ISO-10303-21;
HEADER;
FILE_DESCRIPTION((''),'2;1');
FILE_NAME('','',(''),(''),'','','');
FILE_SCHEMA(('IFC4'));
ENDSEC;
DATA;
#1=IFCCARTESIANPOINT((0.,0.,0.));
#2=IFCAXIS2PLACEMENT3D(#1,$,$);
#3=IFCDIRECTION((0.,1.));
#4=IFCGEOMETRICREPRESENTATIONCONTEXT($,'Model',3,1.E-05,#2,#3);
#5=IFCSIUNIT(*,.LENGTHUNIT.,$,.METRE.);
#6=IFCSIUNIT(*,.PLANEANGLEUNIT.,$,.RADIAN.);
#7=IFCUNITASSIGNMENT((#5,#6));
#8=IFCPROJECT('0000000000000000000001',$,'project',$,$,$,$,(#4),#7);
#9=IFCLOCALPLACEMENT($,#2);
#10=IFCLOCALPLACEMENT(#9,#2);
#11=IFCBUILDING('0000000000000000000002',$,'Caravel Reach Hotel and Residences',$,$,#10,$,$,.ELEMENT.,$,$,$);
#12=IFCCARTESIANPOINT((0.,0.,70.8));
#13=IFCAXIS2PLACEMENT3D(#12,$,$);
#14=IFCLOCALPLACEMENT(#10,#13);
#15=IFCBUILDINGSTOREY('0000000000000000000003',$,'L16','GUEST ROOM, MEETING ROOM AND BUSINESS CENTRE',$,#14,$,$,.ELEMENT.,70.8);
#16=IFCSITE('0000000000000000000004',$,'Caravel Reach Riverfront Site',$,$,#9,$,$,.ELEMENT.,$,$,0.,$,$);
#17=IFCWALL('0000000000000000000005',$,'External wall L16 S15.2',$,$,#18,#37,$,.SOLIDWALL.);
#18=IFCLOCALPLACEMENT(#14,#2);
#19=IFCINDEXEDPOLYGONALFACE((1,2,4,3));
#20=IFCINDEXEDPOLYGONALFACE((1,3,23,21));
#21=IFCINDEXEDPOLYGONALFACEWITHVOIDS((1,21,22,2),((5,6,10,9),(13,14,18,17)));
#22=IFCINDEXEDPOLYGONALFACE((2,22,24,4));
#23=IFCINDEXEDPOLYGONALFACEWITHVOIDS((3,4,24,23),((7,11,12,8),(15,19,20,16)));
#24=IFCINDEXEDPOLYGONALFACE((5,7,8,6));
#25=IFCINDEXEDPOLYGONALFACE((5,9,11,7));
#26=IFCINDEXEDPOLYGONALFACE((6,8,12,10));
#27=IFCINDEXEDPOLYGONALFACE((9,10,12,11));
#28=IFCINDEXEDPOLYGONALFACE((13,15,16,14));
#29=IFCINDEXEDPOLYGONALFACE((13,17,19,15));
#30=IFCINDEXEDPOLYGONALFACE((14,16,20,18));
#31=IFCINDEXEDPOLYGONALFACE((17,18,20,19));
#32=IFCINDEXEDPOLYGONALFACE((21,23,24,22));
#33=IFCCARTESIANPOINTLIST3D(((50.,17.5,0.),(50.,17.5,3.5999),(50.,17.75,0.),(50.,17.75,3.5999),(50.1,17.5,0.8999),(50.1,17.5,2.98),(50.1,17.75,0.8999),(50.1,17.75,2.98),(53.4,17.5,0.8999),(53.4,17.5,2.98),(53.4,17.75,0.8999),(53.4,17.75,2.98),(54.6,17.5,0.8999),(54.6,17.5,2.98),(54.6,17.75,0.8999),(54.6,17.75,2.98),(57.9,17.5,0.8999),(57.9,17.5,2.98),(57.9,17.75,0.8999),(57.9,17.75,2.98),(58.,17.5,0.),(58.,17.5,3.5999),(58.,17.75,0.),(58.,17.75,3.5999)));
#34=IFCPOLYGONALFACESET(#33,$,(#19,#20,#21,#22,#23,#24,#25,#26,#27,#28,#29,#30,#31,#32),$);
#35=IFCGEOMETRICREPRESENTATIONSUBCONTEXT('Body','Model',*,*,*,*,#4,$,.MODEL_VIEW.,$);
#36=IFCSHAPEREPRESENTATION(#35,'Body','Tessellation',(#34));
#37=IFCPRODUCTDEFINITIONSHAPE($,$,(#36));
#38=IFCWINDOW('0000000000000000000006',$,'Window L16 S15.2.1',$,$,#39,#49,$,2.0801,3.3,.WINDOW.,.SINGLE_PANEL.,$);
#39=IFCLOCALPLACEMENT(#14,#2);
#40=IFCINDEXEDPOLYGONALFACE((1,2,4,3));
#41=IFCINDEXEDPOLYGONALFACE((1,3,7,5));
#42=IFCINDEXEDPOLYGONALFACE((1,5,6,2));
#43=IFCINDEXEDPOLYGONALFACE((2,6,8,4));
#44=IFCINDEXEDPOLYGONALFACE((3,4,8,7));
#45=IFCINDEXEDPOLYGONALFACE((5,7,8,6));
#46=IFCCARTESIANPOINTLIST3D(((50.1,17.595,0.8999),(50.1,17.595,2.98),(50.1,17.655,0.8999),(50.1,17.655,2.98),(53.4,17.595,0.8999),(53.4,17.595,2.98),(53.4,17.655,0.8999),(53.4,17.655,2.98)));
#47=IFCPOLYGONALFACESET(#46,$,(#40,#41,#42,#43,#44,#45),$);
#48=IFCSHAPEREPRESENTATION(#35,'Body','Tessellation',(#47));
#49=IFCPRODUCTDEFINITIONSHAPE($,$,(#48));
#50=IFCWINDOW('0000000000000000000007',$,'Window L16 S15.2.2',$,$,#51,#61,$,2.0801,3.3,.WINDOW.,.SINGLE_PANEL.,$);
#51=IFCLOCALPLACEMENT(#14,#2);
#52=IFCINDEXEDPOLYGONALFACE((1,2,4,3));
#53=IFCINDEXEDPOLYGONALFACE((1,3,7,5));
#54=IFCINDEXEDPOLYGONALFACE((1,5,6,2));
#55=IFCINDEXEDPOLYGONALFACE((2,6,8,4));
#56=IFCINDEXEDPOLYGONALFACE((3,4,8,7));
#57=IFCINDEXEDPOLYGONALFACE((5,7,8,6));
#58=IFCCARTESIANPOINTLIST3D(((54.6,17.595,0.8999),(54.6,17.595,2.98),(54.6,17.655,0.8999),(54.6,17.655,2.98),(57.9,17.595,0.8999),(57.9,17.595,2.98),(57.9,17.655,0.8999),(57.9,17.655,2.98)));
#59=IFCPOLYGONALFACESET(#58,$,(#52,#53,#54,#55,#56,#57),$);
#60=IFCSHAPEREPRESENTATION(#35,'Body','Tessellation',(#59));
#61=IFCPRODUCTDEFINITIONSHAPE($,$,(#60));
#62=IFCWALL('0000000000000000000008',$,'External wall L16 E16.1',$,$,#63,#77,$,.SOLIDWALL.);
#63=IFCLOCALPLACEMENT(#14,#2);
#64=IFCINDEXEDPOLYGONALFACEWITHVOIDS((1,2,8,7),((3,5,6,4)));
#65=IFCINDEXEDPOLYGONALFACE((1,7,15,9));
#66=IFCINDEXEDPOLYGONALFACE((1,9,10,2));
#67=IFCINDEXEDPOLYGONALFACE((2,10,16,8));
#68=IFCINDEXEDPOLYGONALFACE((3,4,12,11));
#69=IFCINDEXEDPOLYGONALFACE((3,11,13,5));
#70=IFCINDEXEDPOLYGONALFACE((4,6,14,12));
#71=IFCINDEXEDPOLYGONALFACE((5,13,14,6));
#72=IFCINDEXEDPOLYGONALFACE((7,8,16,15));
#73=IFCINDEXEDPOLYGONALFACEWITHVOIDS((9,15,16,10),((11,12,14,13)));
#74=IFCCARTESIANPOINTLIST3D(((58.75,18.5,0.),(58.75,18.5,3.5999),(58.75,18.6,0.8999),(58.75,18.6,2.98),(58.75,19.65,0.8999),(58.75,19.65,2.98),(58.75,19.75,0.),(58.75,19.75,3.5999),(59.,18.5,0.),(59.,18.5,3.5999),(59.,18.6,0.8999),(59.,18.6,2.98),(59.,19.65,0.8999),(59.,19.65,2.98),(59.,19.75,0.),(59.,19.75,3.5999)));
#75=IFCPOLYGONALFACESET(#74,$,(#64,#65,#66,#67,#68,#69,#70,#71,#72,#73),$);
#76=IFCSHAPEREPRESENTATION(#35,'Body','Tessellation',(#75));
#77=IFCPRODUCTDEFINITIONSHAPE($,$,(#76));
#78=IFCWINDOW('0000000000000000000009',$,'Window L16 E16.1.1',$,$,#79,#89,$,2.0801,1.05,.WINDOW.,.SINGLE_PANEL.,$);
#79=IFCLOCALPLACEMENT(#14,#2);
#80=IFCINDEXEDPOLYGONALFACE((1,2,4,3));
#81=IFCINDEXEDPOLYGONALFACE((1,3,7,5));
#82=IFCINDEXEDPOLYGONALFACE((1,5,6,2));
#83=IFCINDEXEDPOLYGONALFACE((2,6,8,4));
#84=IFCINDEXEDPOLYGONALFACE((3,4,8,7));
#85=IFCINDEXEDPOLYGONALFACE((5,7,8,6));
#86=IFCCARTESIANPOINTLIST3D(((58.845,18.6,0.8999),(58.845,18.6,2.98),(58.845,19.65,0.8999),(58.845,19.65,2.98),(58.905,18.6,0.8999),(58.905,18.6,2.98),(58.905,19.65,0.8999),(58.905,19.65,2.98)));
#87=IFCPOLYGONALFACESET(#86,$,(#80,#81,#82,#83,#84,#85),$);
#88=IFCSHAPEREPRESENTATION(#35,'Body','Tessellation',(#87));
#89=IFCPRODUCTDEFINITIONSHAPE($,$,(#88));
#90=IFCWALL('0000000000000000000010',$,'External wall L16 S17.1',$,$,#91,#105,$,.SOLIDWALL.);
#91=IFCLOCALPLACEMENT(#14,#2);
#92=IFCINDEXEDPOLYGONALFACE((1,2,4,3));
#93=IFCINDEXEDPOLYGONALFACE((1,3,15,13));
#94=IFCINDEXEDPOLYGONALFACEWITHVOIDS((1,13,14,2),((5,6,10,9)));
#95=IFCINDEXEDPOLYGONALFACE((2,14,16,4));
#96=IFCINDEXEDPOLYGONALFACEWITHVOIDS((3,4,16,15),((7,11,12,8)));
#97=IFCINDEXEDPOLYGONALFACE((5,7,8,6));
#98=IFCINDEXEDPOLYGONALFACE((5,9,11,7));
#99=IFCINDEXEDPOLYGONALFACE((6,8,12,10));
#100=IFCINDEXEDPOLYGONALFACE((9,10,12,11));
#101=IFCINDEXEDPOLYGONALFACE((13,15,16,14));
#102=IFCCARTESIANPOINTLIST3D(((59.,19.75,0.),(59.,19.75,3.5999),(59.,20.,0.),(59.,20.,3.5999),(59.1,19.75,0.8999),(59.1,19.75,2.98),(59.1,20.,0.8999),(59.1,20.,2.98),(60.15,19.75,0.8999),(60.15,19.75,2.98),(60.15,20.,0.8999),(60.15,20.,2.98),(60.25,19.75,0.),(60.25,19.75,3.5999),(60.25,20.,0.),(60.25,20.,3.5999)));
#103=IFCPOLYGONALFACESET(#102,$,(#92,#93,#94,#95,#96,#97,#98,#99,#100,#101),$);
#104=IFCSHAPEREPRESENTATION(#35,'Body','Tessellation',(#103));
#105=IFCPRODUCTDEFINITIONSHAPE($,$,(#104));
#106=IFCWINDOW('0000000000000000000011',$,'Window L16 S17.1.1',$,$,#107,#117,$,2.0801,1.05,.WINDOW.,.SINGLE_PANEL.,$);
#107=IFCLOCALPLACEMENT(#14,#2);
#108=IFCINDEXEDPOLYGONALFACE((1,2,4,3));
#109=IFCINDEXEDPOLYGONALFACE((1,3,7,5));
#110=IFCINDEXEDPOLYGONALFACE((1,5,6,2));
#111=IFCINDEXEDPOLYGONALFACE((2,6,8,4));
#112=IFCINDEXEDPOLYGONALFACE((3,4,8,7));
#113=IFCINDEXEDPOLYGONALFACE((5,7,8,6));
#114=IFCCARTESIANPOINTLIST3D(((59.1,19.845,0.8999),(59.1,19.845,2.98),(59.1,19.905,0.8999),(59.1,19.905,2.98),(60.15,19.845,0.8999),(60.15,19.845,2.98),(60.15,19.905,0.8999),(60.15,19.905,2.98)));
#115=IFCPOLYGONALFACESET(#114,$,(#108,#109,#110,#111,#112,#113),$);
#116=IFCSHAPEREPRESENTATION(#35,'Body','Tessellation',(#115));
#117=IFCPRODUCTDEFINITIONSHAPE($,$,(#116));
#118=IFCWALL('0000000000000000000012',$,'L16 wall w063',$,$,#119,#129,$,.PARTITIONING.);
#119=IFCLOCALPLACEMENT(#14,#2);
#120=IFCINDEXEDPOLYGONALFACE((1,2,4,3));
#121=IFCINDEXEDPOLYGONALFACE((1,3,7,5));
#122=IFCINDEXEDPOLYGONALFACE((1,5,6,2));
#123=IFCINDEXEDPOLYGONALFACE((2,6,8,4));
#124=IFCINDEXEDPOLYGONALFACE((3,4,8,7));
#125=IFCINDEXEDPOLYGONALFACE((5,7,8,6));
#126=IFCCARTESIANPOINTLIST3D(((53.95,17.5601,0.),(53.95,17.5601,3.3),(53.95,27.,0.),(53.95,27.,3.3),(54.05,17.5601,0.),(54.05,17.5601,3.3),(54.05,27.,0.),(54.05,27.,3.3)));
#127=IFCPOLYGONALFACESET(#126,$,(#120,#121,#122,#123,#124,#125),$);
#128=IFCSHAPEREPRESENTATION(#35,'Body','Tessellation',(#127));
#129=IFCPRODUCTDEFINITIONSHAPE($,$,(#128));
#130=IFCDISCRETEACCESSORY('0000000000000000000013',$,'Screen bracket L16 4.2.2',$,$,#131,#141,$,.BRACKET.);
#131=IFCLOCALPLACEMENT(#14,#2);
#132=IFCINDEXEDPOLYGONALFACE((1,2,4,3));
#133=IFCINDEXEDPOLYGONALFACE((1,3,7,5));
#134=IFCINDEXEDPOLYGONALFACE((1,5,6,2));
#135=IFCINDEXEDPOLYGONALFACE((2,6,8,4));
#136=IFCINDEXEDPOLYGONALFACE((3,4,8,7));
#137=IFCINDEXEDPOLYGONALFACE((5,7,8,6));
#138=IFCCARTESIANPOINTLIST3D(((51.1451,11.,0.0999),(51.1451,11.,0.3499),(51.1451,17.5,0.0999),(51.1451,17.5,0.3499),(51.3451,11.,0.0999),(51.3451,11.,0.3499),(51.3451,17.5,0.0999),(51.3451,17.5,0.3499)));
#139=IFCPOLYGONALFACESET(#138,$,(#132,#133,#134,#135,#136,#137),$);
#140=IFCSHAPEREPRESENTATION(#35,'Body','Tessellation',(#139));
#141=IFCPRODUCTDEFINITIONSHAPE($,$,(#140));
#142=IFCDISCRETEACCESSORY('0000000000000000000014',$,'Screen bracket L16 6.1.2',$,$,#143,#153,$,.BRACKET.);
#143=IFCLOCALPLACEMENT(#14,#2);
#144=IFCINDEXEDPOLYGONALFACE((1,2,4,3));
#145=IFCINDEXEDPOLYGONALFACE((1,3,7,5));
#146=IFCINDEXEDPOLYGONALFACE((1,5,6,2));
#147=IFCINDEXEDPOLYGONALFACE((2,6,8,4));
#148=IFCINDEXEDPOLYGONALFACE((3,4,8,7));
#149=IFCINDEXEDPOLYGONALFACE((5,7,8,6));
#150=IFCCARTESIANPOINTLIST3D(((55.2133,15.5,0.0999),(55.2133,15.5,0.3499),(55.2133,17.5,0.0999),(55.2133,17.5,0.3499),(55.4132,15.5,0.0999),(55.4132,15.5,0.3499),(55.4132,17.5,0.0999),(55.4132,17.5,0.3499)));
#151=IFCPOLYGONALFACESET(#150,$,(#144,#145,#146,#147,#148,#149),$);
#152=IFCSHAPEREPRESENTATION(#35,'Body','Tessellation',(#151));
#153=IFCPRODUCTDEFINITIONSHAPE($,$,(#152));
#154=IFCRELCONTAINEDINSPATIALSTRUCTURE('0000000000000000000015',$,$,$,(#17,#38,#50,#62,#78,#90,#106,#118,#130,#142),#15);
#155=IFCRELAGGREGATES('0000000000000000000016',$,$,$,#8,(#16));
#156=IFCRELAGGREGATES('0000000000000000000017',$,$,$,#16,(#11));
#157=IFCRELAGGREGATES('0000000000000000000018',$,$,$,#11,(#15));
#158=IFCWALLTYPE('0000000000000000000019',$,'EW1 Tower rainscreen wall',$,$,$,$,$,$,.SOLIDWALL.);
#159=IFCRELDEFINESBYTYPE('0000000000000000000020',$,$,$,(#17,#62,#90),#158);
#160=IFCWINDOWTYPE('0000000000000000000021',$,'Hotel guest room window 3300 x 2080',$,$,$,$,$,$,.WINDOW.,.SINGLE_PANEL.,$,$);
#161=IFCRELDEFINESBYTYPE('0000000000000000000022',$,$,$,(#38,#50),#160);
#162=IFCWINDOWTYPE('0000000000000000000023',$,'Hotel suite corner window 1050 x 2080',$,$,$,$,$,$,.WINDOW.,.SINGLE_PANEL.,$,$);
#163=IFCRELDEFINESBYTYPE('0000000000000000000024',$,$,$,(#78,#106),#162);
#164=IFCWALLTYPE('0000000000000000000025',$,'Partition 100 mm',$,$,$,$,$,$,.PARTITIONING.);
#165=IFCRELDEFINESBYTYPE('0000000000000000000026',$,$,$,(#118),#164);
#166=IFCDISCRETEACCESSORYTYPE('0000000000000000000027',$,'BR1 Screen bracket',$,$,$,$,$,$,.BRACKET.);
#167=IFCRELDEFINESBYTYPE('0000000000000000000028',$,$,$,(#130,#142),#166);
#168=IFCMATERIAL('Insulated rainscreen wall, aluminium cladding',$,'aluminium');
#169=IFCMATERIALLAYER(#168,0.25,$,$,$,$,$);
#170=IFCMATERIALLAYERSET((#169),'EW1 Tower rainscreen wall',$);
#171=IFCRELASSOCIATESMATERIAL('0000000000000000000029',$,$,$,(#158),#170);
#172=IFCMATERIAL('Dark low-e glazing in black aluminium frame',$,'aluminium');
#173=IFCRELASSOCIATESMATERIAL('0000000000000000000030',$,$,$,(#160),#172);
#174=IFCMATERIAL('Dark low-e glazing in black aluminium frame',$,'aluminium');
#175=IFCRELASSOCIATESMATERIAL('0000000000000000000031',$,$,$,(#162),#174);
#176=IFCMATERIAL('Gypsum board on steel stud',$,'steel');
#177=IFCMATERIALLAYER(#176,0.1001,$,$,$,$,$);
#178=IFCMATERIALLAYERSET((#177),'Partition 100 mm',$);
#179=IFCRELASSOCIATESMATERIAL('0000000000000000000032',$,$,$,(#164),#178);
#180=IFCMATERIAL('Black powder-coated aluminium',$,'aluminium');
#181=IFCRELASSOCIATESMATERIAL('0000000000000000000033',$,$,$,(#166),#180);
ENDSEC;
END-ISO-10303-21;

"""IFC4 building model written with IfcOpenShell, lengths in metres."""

from ifc_helpers import new_model, si_unit, direction, frame, frame_2d, origin, origin_2d, place, context, subcontext, project, spatial, rectangle, extrude, material, layer, layer_set, type_object, element, fill, save


model = new_model("IFC4")

# Units and contexts
model_context = context("Model", 3, precision=1e-05, world=origin(), true_north=direction((0.0, 1.0)))
body_context = subcontext(model_context, "Body", "Model", "MODEL_VIEW")
ifc_project = project(units=[si_unit("LENGTHUNIT", "METRE"), si_unit("PLANEANGLEUNIT", "RADIAN")], contexts=[model_context])

# Site, building, storey
site_placement = place(None, origin())
site = spatial("IfcSite", under=ifc_project, at=site_placement, Name="Caravel Reach Riverfront Site", CompositionType="ELEMENT", RefElevation=0.0)
building_placement = place(site_placement, origin())
building = spatial("IfcBuilding", under=site, at=building_placement, Name="Caravel Reach Hotel and Residences", CompositionType="ELEMENT")
storey_placement = place(building_placement, frame((0.0, 0.0, 70.8)))
storey = spatial("IfcBuildingStorey", under=building, at=storey_placement, Name="L16", Description="GUEST ROOM, MEETING ROOM AND BUSINESS CENTRE", CompositionType="ELEMENT", Elevation=70.8)

# Wall, openings, windows
ifc_material_1 = material(Name="Insulated rainscreen wall, aluminium cladding", Category="aluminium")
ifc_layer_1 = layer(ifc_material_1, 0.25)
ifc_layer_set_1 = layer_set([ifc_layer_1], Name="EW1 Tower rainscreen wall")
wall_type_1 = type_object("IfcWallType", Name="EW1 Tower rainscreen wall", PredefinedType="SOLIDWALL", material=ifc_layer_set_1)
wall_1_placement = place(storey_placement, frame((50.0, 17.625, 0.0), z_axis=(0.0, 0.0, 1.0), x_axis=(1.0, 0.0, 0.0)))
wall_1 = element("IfcWall", 1, at=wall_1_placement, inside=storey, type_object=wall_type_1, Name="External wall L16 S15.2", PredefinedType="SOLIDWALL", context=body_context, shape_type="SweptSolid", body=[
    extrude(rectangle(XDim=8.0, YDim=0.25, at=frame_2d((4.0, 0.0))), origin(), (0.0, 0.0, 1.0), 3.5999),
])
opening_1_placement = place(wall_1_placement, frame((0.1001, 0.0, 0.8999)))
opening_1 = element("IfcOpeningElement", 2, at=opening_1_placement, cuts=wall_1, PredefinedType="OPENING", context=body_context, shape_type="SweptSolid", body=[
    extrude(rectangle(XDim=3.3, YDim=2.0801, at=frame_2d((1.6499, 1.04))), frame((0.0, 0.135, 0.0), z_axis=(0.0, -1.0, 0.0), x_axis=(1.0, 0.0, 0.0)), (0.0, 0.0, 1.0), 0.27),
])
opening_2_placement = place(wall_1_placement, frame((4.6001, 0.0, 0.8999)))
opening_2 = element("IfcOpeningElement", 3, at=opening_2_placement, cuts=wall_1, PredefinedType="OPENING", context=body_context, shape_type="SweptSolid", body=[
    extrude(rectangle(XDim=3.3, YDim=2.0801, at=frame_2d((1.6499, 1.04))), frame((0.0, 0.135, 0.0), z_axis=(0.0, -1.0, 0.0), x_axis=(1.0, 0.0, 0.0)), (0.0, 0.0, 1.0), 0.27),
])
ifc_material_2 = material(Name="Dark low-e glazing in black aluminium frame", Category="aluminium")
window_type_1 = type_object("IfcWindowType", Name="Hotel guest room window 3300 x 2080", PartitioningType="SINGLE_PANEL", PredefinedType="WINDOW", material=ifc_material_2)
window_1_placement = place(opening_1_placement, origin())
window_1 = element("IfcWindow", 4, at=window_1_placement, inside=storey, type_object=window_type_1, Name="Window L16 S15.2.1", OverallHeight=2.0801, OverallWidth=3.3, PartitioningType="SINGLE_PANEL", PredefinedType="WINDOW", context=body_context, shape_type="SweptSolid", body=[
    extrude(rectangle(XDim=3.3, YDim=2.0801, at=frame_2d((1.6499, 1.04))), frame((0.0, 0.03, 0.0), z_axis=(0.0, -1.0, 0.0), x_axis=(1.0, 0.0, 0.0)), (0.0, 0.0, 1.0), 0.0601),
])
fill(opening_1, window_1)
window_2_placement = place(opening_2_placement, origin())
window_2 = element("IfcWindow", 5, at=window_2_placement, inside=storey, type_object=window_type_1, Name="Window L16 S15.2.2", OverallHeight=2.0801, OverallWidth=3.3, PartitioningType="SINGLE_PANEL", PredefinedType="WINDOW", context=body_context, shape_type="SweptSolid", body=[
    extrude(rectangle(XDim=3.3, YDim=2.0801, at=frame_2d((1.6499, 1.04))), frame((0.0, 0.03, 0.0), z_axis=(0.0, -1.0, 0.0), x_axis=(1.0, 0.0, 0.0)), (0.0, 0.0, 1.0), 0.0601),
])
fill(opening_2, window_2)

# Walls, openings, windows
wall_2_placement = place(storey_placement, frame((58.875, 18.5, 0.0), z_axis=(0.0, 0.0, 1.0), x_axis=(0.0, 1.0, 0.0)))
wall_2 = element("IfcWall", 6, at=wall_2_placement, inside=storey, type_object=wall_type_1, Name="External wall L16 E16.1", PredefinedType="SOLIDWALL", context=body_context, shape_type="SweptSolid", body=[
    extrude(rectangle(XDim=1.25, YDim=0.25, at=frame_2d((0.625, 0.0))), origin(), (0.0, 0.0, 1.0), 3.5999),
])
opening_3_placement = place(wall_2_placement, frame((0.1001, 0.0, 0.8999)))
opening_3 = element("IfcOpeningElement", 7, at=opening_3_placement, cuts=wall_2, PredefinedType="OPENING", context=body_context, shape_type="SweptSolid", body=[
    extrude(rectangle(XDim=1.05, YDim=2.0801, at=frame_2d((0.5249, 1.04))), frame((0.0, 0.135, 0.0), z_axis=(0.0, -1.0, 0.0), x_axis=(1.0, 0.0, 0.0)), (0.0, 0.0, 1.0), 0.27),
])
ifc_material_3 = material(Name="Dark low-e glazing in black aluminium frame", Category="aluminium")
window_type_2 = type_object("IfcWindowType", Name="Hotel suite corner window 1050 x 2080", PartitioningType="SINGLE_PANEL", PredefinedType="WINDOW", material=ifc_material_3)
window_3_placement = place(opening_3_placement, origin())
window_3 = element("IfcWindow", 8, at=window_3_placement, inside=storey, type_object=window_type_2, Name="Window L16 E16.1.1", OverallHeight=2.0801, OverallWidth=1.05, PartitioningType="SINGLE_PANEL", PredefinedType="WINDOW", context=body_context, shape_type="SweptSolid", body=[
    extrude(rectangle(XDim=1.05, YDim=2.0801, at=frame_2d((0.5249, 1.04))), frame((0.0, 0.03, 0.0), z_axis=(0.0, -1.0, 0.0), x_axis=(1.0, 0.0, 0.0)), (0.0, 0.0, 1.0), 0.0601),
])
fill(opening_3, window_3)
wall_3_placement = place(storey_placement, frame((59.0, 19.875, 0.0), z_axis=(0.0, 0.0, 1.0), x_axis=(1.0, 0.0, 0.0)))
wall_3 = element("IfcWall", 9, at=wall_3_placement, inside=storey, type_object=wall_type_1, Name="External wall L16 S17.1", PredefinedType="SOLIDWALL", context=body_context, shape_type="SweptSolid", body=[
    extrude(rectangle(XDim=1.25, YDim=0.25, at=frame_2d((0.625, 0.0))), origin(), (0.0, 0.0, 1.0), 3.5999),
])
opening_4_placement = place(wall_3_placement, frame((0.1001, 0.0, 0.8999)))
opening_4 = element("IfcOpeningElement", 10, at=opening_4_placement, cuts=wall_3, PredefinedType="OPENING", context=body_context, shape_type="SweptSolid", body=[
    extrude(rectangle(XDim=1.05, YDim=2.0801, at=frame_2d((0.5249, 1.04))), frame((0.0, 0.135, 0.0), z_axis=(0.0, -1.0, 0.0), x_axis=(1.0, 0.0, 0.0)), (0.0, 0.0, 1.0), 0.27),
])
window_4_placement = place(opening_4_placement, origin())
window_4 = element("IfcWindow", 11, at=window_4_placement, inside=storey, type_object=window_type_2, Name="Window L16 S17.1.1", OverallHeight=2.0801, OverallWidth=1.05, PartitioningType="SINGLE_PANEL", PredefinedType="WINDOW", context=body_context, shape_type="SweptSolid", body=[
    extrude(rectangle(XDim=1.05, YDim=2.0801, at=frame_2d((0.5249, 1.04))), frame((0.0, 0.03, 0.0), z_axis=(0.0, -1.0, 0.0), x_axis=(1.0, 0.0, 0.0)), (0.0, 0.0, 1.0), 0.0601),
])
fill(opening_4, window_4)

# Wall
ifc_material_4 = material(Name="Gypsum board on steel stud", Category="steel")
ifc_layer_2 = layer(ifc_material_4, 0.1001)
ifc_layer_set_2 = layer_set([ifc_layer_2], Name="Partition 100 mm")
wall_type_2 = type_object("IfcWallType", Name="Partition 100 mm", PredefinedType="PARTITIONING", material=ifc_layer_set_2)
wall_4_placement = place(storey_placement, frame((54.0, 17.5601, 0.0), z_axis=(0.0, 0.0, 1.0), x_axis=(0.0, 1.0, 0.0)))
element("IfcWall", 12, at=wall_4_placement, inside=storey, type_object=wall_type_2, Name="L16 wall w063", PredefinedType="PARTITIONING", context=body_context, shape_type="SweptSolid", body=[
    extrude(rectangle(XDim=9.4399, YDim=0.1001, at=frame_2d((4.72, 0.0))), origin(), (0.0, 0.0, 1.0), 3.3),
])

# Discrete accessories
ifc_material_5 = material(Name="Black powder-coated aluminium", Category="aluminium")
discrete_accessory_type = type_object("IfcDiscreteAccessoryType", Name="BR1 Screen bracket", PredefinedType="BRACKET", material=ifc_material_5)
discrete_accessory_1_placement = place(storey_placement, frame((51.2451, 14.25, 0.0999), z_axis=(0.0, 0.0, 1.0), x_axis=(0.0, -1.0, 0.0)))
element("IfcDiscreteAccessory", 13, at=discrete_accessory_1_placement, inside=storey, type_object=discrete_accessory_type, Name="Screen bracket L16 4.2.2", PredefinedType="BRACKET", context=body_context, shape_type="SweptSolid", body=[
    extrude(rectangle(XDim=6.5, YDim=0.2, at=origin_2d()), origin(), (0.0, 0.0, 1.0), 0.25),
])
discrete_accessory_2_placement = place(storey_placement, frame((55.3132, 16.5, 0.0999), z_axis=(0.0, 0.0, 1.0), x_axis=(0.0, -1.0, 0.0)))
element("IfcDiscreteAccessory", 14, at=discrete_accessory_2_placement, inside=storey, type_object=discrete_accessory_type, Name="Screen bracket L16 6.1.2", PredefinedType="BRACKET", context=body_context, shape_type="SweptSolid", body=[
    extrude(rectangle(XDim=2.0, YDim=0.2, at=origin_2d()), origin(), (0.0, 0.0, 1.0), 0.25),
])

save(model, "model.ifc")
